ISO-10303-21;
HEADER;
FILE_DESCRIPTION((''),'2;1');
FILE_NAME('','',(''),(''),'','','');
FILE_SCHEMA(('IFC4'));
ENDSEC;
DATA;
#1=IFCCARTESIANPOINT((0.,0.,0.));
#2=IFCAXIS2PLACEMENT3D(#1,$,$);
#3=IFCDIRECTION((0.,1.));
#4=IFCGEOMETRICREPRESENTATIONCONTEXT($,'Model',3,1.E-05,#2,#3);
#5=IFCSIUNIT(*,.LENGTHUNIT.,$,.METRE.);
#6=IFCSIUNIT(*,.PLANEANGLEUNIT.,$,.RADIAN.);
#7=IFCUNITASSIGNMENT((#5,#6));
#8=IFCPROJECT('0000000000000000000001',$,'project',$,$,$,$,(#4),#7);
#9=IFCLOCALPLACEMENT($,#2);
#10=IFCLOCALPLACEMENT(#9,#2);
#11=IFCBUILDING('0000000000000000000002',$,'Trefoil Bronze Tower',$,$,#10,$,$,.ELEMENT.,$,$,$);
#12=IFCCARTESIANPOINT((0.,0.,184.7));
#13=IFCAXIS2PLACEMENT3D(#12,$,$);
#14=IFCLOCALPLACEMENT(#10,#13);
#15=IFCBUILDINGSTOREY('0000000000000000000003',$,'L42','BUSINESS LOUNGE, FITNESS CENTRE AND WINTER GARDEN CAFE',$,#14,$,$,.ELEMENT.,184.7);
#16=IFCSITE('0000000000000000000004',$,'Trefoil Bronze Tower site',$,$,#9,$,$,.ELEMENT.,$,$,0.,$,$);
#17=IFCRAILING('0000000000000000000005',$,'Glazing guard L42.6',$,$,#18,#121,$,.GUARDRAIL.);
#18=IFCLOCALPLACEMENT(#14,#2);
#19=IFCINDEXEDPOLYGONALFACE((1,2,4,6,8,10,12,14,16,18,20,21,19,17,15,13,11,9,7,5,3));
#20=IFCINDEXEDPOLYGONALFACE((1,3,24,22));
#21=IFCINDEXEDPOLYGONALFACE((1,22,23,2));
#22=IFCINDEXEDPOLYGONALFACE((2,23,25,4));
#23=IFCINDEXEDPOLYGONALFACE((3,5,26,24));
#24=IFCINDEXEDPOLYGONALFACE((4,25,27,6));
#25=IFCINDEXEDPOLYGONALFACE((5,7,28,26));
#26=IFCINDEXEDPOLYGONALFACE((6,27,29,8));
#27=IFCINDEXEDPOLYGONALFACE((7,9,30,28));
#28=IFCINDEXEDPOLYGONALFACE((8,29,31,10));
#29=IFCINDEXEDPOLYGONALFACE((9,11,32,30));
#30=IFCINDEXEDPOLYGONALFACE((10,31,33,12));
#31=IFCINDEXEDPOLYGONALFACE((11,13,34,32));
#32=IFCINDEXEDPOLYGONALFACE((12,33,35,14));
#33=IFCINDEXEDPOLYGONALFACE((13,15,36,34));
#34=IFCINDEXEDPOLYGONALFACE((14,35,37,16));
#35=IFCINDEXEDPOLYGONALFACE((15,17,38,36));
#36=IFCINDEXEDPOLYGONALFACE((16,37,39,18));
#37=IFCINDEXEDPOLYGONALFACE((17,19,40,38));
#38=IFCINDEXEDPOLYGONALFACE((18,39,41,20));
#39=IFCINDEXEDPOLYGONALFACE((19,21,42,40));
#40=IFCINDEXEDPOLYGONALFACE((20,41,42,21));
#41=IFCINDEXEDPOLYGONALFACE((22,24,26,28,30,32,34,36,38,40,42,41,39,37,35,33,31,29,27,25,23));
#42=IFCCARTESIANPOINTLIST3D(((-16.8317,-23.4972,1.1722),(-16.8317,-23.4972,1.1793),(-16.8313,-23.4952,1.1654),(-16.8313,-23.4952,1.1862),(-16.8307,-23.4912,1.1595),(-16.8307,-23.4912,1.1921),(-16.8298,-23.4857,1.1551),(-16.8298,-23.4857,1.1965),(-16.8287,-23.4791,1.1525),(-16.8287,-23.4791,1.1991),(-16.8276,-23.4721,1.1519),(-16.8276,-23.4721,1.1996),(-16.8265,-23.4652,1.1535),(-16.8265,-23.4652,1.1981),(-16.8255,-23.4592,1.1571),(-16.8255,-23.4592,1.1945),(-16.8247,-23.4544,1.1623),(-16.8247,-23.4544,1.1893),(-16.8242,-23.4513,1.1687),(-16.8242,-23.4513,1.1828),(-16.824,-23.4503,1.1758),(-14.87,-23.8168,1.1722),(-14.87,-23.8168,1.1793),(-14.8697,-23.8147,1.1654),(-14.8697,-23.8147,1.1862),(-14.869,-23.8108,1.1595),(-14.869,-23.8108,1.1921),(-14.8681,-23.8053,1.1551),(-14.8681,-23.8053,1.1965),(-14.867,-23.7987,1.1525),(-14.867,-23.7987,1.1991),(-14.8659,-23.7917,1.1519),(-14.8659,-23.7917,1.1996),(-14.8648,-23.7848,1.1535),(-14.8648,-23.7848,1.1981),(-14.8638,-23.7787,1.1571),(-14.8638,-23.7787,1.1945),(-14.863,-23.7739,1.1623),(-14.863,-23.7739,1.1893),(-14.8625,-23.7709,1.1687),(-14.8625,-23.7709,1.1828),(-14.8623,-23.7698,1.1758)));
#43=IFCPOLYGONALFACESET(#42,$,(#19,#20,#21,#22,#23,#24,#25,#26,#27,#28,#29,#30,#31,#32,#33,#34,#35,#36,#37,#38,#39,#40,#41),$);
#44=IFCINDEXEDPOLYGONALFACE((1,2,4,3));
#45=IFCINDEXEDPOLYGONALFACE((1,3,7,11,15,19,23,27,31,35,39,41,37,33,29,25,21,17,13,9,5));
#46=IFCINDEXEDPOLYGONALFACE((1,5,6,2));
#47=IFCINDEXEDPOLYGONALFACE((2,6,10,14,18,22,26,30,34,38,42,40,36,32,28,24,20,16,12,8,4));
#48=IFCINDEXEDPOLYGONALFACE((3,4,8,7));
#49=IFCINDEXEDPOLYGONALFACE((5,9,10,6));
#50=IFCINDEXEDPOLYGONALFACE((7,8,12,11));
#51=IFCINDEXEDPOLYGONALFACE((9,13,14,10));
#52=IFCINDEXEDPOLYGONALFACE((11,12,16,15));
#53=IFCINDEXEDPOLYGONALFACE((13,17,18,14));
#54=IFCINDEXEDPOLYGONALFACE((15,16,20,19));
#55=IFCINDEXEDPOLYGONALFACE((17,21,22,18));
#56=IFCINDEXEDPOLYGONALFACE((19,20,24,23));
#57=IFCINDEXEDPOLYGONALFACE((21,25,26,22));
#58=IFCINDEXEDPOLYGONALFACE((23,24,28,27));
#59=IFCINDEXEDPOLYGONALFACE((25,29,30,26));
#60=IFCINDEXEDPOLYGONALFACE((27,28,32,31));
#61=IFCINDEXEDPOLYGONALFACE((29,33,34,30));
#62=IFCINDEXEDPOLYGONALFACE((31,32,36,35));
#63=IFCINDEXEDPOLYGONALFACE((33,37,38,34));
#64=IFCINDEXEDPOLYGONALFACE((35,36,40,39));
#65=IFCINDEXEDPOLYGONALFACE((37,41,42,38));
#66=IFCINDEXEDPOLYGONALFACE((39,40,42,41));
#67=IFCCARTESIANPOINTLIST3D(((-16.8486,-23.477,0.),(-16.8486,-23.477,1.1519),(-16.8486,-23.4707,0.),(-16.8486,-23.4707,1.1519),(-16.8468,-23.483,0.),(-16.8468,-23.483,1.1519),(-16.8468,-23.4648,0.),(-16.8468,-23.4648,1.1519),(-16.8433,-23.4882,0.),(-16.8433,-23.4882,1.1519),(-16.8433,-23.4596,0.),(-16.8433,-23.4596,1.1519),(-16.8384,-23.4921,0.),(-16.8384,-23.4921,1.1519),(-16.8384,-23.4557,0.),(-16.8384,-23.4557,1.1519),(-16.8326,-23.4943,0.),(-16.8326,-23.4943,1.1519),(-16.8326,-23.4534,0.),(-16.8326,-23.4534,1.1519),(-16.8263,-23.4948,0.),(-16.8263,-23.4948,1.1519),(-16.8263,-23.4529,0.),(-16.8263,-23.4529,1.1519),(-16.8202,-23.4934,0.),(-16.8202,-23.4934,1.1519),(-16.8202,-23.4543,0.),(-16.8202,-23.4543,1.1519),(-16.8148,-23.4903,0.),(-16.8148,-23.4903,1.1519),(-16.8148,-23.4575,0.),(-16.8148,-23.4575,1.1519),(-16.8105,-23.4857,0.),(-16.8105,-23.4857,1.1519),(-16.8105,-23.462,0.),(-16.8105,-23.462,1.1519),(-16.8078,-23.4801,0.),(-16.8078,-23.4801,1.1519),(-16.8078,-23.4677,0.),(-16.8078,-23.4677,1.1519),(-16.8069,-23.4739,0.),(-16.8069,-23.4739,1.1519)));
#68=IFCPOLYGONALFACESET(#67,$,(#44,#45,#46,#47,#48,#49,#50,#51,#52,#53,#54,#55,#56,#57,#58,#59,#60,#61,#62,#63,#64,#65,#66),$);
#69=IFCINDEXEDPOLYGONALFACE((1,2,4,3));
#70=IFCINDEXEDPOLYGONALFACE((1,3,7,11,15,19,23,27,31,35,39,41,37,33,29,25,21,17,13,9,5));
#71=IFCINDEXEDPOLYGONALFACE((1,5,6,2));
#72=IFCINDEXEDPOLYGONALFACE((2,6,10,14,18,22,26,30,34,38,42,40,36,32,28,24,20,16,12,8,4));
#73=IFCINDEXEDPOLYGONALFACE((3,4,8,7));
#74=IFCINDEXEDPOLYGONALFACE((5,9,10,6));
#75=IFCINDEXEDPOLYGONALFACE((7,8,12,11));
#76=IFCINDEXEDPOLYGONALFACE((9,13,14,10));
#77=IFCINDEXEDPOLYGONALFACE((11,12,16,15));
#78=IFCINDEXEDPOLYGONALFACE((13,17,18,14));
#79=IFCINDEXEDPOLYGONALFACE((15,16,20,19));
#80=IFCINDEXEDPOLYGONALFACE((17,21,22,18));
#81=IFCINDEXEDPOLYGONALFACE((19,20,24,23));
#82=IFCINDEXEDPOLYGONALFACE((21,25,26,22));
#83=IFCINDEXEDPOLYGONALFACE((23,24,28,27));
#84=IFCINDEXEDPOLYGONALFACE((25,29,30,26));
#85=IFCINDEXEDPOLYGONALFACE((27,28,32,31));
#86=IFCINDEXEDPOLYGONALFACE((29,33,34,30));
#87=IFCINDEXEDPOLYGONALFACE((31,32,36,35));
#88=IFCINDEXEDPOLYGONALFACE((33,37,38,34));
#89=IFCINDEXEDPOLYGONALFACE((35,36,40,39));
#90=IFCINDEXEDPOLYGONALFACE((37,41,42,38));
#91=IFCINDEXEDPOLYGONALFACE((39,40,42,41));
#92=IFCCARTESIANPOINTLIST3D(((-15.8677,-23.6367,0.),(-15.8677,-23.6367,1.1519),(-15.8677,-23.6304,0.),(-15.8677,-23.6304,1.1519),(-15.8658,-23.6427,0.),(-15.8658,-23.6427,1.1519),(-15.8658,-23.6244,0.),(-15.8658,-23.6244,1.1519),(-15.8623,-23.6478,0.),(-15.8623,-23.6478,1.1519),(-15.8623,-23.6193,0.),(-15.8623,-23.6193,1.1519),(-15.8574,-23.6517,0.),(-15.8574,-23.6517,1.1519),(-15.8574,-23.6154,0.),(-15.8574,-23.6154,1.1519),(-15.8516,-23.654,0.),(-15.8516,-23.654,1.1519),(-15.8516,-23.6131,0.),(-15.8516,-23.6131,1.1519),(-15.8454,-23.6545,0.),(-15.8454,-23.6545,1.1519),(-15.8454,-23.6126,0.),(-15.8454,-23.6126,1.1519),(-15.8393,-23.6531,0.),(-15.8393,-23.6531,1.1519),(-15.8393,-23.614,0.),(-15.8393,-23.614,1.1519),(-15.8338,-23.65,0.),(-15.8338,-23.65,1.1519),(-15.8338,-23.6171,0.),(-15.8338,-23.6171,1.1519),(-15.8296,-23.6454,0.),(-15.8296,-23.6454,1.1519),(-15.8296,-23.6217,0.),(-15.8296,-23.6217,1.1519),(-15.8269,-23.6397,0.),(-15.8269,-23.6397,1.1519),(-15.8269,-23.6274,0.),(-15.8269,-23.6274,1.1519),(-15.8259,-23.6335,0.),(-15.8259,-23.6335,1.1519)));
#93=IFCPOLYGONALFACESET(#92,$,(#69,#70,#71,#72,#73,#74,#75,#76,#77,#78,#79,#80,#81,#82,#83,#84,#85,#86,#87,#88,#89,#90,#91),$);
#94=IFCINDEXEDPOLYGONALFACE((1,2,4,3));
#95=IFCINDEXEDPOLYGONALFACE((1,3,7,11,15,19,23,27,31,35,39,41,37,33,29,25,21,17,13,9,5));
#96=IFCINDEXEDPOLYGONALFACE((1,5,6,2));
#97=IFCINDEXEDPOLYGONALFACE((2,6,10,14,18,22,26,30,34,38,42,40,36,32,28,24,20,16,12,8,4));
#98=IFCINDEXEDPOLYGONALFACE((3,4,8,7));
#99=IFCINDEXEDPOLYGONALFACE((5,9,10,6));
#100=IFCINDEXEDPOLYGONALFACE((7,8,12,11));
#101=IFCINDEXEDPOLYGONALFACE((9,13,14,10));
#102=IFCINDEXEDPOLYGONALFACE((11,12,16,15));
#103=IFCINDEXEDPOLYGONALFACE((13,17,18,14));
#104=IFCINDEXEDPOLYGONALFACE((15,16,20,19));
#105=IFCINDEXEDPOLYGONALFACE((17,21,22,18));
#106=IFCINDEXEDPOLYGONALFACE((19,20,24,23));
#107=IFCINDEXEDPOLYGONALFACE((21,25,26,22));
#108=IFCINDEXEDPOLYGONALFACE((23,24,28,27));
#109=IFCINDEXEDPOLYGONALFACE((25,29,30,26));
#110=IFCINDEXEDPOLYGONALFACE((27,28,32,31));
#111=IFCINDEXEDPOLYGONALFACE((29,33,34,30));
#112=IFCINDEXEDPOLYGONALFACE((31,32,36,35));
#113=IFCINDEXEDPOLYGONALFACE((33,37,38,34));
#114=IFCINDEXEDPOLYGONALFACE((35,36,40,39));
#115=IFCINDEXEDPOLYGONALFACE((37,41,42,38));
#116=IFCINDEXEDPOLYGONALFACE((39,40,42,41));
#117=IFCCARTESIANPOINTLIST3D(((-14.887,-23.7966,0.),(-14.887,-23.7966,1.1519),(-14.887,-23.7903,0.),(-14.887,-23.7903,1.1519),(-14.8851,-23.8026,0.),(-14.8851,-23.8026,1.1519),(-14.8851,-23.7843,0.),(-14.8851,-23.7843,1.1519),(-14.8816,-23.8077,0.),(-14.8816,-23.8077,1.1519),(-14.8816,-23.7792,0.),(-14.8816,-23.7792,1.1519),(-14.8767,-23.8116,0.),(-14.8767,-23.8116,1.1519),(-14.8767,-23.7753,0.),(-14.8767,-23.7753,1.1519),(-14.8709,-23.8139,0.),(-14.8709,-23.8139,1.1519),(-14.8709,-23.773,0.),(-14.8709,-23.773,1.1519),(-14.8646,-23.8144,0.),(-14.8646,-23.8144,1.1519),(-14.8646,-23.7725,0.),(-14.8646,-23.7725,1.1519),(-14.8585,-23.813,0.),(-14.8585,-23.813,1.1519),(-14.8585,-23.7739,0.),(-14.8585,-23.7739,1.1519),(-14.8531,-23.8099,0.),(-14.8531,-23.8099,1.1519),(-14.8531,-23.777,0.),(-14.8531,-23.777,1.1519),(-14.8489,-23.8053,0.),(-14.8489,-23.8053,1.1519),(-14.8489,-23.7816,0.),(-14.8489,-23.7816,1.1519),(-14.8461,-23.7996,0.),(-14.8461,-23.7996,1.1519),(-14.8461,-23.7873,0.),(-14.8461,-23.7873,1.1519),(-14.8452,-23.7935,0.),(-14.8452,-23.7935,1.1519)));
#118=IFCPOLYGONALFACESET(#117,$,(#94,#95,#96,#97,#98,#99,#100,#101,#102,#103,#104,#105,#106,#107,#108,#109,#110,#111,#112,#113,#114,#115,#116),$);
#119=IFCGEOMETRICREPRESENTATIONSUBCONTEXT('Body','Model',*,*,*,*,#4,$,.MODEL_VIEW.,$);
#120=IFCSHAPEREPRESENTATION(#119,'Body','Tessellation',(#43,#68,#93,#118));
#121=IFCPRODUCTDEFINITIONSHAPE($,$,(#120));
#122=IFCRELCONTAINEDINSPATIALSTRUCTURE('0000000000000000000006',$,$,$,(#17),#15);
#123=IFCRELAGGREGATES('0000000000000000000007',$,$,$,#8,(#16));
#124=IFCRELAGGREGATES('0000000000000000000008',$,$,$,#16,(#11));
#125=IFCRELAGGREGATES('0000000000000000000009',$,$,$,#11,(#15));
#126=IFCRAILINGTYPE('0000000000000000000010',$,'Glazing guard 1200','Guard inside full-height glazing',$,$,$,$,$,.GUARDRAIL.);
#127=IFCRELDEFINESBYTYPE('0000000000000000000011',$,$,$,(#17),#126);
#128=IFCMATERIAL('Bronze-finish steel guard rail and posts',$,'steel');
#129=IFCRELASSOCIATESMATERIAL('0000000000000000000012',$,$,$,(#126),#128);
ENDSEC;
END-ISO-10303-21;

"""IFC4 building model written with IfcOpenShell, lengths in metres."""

from ifc_helpers import new_model, si_unit, direction, frame, origin, origin_2d, place, context, subcontext, project, spatial, circle, extrude, material, type_object, element, save


model = new_model("IFC4")

# Units and contexts
model_context = context("Model", 3, precision=1e-05, world=origin(), true_north=direction((0.0, 1.0)))
body_context = subcontext(model_context, "Body", "Model", "MODEL_VIEW")
ifc_project = project(units=[si_unit("LENGTHUNIT", "METRE"), si_unit("PLANEANGLEUNIT", "RADIAN")], contexts=[model_context])

# Site, building, storey
site_placement = place(None, origin())
site = spatial("IfcSite", under=ifc_project, at=site_placement, Name="Trefoil Bronze Tower site", CompositionType="ELEMENT", RefElevation=0.0)
building_placement = place(site_placement, origin())
building = spatial("IfcBuilding", under=site, at=building_placement, Name="Trefoil Bronze Tower", CompositionType="ELEMENT")
storey_placement = place(building_placement, frame((0.0, 0.0, 184.7)))
storey = spatial("IfcBuildingStorey", under=building, at=storey_placement, Name="L42", Description="BUSINESS LOUNGE, FITNESS CENTRE AND WINTER GARDEN CAFE", CompositionType="ELEMENT", Elevation=184.7)

# Railing
ifc_material_1 = material(Name="Bronze-finish steel guard rail and posts", Category="steel")
railing_type = type_object("IfcRailingType", Name="Glazing guard 1200", Description="Guard inside full-height glazing", PredefinedType="GUARDRAIL", material=ifc_material_1)
railing_1_placement = place(storey_placement, frame((-16.8279, -23.4739, 0.0)))
element("IfcRailing", 1, at=railing_1_placement, inside=storey, type_object=railing_type, Name="Glazing guard L42.6", PredefinedType="GUARDRAIL", context=body_context, shape_type="SweptSolid", body=[
    extrude(circle(Radius=0.0239, at=origin_2d()), frame((0.0, 0.0, 1.1758), z_axis=(0.986988, -0.160792, 0.0), x_axis=(0.160792, 0.986988, 0.0)), (0.0, 0.0, 1.0), 1.9875),
    extrude(circle(Radius=0.021, at=origin_2d()), origin(), (0.0, 0.0, 1.0), 1.1519),
    extrude(circle(Radius=0.021, at=origin_2d()), frame((0.981, -0.1597, 0.0)), (0.0, 0.0, 1.0), 1.1519),
    extrude(circle(Radius=0.021, at=origin_2d()), frame((1.9617, -0.3196, 0.0)), (0.0, 0.0, 1.0), 1.1519),
])

save(model, "model.ifc")
